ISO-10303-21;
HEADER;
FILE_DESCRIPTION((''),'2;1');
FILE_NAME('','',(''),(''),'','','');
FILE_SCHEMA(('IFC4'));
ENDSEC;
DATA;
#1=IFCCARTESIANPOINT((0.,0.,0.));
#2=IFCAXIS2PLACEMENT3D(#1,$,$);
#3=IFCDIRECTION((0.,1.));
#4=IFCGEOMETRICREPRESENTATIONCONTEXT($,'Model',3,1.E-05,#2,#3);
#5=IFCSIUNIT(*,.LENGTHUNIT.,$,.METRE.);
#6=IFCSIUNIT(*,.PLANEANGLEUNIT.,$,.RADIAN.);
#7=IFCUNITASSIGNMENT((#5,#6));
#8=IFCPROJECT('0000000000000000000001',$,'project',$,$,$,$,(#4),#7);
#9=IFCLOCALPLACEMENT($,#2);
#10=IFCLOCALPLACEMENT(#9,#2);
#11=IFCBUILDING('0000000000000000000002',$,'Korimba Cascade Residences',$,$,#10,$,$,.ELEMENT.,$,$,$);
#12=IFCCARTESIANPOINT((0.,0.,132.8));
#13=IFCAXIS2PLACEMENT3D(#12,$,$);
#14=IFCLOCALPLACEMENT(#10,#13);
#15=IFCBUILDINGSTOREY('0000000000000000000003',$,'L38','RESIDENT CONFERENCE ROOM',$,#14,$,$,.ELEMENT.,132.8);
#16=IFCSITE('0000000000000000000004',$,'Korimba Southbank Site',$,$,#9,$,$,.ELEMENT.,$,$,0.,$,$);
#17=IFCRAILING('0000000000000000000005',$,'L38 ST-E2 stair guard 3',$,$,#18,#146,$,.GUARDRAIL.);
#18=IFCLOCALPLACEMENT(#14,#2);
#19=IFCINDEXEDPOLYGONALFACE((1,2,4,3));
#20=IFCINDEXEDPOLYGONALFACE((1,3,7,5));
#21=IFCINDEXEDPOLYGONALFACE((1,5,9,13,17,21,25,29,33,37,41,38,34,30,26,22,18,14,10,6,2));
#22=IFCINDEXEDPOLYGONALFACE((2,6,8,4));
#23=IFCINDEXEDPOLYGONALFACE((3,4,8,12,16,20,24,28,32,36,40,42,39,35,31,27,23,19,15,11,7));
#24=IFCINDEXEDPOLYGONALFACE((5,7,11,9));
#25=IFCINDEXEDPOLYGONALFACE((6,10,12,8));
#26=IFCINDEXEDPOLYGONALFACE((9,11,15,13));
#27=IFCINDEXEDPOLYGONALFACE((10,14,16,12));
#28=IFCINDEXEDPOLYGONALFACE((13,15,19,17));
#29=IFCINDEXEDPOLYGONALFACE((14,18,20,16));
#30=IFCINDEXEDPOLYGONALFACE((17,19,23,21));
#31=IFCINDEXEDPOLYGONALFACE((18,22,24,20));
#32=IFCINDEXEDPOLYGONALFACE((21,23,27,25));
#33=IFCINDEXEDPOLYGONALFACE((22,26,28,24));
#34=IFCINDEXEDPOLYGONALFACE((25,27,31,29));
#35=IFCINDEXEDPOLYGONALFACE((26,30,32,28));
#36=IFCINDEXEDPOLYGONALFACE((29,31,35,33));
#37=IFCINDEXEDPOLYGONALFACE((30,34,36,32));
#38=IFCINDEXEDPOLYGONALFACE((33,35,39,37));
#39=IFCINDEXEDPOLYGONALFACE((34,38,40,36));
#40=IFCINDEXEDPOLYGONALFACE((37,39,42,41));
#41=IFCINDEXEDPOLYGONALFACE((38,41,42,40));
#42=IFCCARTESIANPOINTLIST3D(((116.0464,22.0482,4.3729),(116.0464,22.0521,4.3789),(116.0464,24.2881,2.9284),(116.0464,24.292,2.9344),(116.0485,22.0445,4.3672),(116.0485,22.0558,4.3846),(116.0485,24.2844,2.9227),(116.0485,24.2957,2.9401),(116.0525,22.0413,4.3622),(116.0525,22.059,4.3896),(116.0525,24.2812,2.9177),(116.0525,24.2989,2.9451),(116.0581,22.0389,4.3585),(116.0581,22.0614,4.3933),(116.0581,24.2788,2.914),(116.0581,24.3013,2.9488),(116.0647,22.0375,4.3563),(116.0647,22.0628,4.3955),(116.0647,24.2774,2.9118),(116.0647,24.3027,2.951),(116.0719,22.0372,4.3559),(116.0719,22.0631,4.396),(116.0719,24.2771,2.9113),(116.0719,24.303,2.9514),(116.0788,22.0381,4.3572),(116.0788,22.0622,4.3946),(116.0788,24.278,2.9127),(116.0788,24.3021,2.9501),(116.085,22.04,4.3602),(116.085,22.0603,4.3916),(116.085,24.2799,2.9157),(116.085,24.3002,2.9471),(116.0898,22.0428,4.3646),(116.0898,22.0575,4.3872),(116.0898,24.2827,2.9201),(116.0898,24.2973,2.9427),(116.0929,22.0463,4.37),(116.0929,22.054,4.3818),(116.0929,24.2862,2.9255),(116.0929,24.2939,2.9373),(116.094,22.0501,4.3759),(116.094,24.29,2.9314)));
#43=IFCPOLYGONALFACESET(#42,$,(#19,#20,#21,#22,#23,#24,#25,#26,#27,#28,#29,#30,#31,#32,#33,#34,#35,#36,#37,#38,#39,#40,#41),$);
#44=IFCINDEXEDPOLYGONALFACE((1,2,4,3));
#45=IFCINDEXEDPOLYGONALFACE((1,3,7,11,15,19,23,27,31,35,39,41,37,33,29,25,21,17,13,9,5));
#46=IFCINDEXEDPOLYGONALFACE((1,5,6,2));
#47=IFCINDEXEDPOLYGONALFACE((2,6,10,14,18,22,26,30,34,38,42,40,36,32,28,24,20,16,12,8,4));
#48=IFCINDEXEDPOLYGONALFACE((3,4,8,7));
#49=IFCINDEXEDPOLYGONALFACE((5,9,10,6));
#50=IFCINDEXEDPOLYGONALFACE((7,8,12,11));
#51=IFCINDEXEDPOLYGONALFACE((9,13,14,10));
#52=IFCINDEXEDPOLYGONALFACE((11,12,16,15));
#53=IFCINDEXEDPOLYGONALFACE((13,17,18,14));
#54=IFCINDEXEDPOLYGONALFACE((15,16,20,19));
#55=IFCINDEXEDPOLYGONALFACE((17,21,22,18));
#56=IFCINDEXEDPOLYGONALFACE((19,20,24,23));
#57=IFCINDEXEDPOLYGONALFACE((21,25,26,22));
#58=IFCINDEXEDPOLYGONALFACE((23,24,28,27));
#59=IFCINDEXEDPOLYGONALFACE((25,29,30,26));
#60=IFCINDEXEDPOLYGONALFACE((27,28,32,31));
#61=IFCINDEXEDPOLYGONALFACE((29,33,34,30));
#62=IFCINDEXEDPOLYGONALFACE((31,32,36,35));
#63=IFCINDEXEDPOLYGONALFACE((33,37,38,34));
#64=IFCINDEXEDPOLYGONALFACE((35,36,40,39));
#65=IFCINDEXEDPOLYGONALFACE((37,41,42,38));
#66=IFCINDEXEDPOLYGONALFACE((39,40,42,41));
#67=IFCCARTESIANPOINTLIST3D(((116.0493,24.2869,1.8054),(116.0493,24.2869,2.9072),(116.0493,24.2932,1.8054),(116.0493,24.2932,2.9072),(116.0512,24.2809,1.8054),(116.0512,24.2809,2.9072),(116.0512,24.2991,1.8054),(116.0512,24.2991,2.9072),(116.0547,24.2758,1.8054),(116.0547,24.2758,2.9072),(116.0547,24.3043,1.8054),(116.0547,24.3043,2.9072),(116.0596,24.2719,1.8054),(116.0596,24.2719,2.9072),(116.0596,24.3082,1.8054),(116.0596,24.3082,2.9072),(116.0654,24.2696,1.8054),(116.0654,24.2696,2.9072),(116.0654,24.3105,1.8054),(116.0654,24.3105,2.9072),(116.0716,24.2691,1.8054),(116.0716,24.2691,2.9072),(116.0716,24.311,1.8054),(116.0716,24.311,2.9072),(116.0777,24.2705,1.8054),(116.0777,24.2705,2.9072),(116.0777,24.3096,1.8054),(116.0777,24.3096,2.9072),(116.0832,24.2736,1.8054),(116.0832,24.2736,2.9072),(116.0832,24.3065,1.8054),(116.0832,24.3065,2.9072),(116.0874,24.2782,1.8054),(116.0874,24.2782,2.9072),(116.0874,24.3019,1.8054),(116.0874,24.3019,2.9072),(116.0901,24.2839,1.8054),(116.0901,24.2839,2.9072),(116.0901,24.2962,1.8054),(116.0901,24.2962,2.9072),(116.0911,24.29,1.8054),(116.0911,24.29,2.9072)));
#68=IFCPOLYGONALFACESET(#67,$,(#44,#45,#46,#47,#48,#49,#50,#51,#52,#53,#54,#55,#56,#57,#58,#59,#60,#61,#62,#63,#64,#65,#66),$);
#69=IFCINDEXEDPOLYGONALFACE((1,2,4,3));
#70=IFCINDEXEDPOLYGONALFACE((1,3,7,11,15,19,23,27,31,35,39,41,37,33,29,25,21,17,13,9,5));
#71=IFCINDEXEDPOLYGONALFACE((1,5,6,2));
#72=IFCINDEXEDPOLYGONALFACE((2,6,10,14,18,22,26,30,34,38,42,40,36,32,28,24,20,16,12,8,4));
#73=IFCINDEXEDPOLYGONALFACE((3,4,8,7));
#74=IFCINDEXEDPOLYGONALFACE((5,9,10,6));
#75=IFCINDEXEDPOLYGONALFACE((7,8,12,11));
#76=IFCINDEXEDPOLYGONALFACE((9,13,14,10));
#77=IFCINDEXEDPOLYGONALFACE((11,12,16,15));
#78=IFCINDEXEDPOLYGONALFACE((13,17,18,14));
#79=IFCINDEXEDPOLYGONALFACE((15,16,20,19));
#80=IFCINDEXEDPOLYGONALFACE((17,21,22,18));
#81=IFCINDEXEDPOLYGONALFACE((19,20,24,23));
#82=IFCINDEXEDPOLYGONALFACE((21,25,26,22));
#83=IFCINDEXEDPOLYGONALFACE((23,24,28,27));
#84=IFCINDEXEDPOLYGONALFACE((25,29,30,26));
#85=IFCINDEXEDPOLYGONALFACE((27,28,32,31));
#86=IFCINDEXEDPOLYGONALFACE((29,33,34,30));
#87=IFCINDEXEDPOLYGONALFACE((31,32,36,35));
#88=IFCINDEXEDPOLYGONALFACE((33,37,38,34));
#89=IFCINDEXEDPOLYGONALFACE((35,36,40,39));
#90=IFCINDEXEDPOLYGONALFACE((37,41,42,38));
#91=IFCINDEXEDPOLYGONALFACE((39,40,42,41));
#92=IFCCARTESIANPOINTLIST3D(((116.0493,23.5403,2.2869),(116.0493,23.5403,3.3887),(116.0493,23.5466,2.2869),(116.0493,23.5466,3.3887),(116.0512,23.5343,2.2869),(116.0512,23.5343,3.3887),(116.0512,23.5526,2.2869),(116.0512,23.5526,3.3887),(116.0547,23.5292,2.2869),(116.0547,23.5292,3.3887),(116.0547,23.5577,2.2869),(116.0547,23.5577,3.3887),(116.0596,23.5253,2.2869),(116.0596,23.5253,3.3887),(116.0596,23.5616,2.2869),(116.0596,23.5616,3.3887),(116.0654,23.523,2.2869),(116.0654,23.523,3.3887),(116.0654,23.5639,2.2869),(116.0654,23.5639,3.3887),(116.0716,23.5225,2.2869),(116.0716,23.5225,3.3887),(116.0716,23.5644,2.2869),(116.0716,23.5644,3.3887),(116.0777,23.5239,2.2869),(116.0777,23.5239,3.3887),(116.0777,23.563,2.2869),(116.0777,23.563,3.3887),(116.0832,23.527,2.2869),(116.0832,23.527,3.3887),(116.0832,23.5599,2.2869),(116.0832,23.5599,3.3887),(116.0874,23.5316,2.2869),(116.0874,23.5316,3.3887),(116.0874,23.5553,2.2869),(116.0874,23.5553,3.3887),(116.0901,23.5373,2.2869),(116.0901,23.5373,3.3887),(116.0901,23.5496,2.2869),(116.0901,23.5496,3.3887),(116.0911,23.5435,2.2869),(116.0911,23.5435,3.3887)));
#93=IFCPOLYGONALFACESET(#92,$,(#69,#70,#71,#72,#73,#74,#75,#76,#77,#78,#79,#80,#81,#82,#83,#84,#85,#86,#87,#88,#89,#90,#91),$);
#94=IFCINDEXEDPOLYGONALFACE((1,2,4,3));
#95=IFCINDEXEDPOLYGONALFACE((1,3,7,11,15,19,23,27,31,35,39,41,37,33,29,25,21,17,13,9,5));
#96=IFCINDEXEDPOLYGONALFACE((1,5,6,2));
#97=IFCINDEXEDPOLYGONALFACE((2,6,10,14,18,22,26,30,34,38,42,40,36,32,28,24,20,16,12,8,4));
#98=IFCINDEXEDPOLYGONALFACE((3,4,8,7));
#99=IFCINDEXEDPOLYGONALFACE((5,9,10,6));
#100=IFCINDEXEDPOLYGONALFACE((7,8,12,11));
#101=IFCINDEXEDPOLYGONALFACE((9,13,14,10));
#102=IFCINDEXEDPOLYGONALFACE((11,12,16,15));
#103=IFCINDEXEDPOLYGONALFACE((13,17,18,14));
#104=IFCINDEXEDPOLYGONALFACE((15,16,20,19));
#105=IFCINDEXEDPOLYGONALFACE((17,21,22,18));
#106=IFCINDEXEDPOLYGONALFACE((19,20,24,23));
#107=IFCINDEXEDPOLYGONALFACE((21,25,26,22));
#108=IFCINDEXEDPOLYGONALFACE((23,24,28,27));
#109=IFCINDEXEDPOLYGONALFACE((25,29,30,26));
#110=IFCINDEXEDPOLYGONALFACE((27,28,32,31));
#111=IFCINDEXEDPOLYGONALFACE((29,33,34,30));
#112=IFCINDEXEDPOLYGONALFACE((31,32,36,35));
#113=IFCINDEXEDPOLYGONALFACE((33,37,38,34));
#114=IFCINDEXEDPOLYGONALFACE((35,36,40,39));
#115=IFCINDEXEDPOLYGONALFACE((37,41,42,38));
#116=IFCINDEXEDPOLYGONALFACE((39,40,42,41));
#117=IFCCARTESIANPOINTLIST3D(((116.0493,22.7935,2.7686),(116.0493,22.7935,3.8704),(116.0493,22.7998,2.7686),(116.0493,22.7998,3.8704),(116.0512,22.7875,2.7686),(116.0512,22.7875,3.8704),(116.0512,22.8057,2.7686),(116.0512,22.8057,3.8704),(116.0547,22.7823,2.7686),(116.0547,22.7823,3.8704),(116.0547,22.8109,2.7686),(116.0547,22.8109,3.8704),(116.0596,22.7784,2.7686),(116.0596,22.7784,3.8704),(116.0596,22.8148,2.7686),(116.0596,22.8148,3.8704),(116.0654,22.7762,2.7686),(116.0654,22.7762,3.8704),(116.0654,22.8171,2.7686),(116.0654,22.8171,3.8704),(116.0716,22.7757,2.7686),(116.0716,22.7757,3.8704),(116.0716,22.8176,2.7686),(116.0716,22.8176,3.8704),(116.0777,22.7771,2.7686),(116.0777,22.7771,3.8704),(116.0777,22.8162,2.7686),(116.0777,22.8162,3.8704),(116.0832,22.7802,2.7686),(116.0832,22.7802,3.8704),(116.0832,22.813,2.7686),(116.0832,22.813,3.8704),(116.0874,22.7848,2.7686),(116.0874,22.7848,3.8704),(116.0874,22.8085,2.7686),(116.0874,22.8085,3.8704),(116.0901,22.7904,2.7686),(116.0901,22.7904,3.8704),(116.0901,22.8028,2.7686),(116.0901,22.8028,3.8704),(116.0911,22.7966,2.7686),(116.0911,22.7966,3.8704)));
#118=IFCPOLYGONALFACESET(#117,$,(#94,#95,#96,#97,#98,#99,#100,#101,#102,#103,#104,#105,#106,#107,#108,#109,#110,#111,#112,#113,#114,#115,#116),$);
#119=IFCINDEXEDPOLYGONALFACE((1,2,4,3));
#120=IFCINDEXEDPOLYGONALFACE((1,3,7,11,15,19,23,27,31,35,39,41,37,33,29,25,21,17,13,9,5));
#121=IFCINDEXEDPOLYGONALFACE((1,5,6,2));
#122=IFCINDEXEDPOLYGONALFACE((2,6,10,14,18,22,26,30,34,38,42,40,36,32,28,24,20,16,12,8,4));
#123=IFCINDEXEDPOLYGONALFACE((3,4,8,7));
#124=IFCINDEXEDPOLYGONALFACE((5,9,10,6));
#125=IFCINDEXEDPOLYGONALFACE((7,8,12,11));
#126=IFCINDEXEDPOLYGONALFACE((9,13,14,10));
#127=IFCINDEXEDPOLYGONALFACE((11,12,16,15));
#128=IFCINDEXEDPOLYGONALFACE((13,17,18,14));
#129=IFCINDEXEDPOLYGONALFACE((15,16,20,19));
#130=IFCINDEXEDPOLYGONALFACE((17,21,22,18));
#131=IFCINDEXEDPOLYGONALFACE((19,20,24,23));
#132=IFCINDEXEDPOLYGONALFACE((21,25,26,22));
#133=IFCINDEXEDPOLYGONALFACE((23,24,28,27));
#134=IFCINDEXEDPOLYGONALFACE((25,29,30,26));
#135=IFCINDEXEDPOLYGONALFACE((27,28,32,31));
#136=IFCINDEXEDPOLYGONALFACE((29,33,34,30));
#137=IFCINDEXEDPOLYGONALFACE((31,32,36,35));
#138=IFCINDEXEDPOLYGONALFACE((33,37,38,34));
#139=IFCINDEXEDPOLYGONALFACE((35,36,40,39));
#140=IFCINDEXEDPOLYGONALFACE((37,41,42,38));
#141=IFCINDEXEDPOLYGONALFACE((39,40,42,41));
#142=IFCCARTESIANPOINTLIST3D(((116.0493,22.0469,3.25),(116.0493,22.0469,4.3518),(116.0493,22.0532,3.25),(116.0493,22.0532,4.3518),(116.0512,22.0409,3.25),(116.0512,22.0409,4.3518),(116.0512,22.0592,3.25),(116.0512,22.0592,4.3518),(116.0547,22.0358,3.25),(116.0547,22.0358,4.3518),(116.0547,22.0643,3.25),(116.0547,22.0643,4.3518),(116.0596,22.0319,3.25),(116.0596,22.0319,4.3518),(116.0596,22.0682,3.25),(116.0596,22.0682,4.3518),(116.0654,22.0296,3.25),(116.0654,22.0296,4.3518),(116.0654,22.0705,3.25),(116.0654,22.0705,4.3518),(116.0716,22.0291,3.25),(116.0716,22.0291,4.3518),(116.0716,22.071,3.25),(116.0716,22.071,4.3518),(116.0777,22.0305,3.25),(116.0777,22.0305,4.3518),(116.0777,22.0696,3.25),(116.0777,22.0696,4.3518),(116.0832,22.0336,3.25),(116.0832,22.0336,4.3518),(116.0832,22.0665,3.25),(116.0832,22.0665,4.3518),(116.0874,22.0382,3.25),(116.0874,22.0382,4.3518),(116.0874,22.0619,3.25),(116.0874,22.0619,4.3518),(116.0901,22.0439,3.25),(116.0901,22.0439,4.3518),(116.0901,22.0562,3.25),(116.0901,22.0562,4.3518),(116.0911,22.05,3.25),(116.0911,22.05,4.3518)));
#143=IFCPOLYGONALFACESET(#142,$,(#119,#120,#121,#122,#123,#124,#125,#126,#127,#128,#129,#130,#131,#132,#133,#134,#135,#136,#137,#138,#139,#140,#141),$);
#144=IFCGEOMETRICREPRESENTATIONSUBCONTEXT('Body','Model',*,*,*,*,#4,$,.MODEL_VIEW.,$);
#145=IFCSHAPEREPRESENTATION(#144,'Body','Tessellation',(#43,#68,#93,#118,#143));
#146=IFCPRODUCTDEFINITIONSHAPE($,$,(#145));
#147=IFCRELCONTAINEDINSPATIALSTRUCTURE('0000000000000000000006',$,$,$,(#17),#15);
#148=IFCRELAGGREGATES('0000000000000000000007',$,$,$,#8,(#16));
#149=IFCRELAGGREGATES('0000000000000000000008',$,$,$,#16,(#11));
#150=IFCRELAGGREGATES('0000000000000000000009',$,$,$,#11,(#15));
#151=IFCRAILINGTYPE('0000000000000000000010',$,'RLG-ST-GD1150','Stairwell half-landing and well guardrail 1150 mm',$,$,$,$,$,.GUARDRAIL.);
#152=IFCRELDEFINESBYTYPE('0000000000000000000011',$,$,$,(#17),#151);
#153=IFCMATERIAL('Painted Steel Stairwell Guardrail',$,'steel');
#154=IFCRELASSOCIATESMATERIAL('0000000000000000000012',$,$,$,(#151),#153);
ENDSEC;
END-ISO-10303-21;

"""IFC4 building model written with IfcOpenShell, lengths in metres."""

from ifc_helpers import new_model, si_unit, direction, frame, origin, origin_2d, place, context, subcontext, project, spatial, circle, extrude, material, type_object, element, save


model = new_model("IFC4")

# Units and contexts
model_context = context("Model", 3, precision=1e-05, world=origin(), true_north=direction((0.0, 1.0)))
body_context = subcontext(model_context, "Body", "Model", "MODEL_VIEW")
ifc_project = project(units=[si_unit("LENGTHUNIT", "METRE"), si_unit("PLANEANGLEUNIT", "RADIAN")], contexts=[model_context])

# Site, building, storey
site_placement = place(None, origin())
site = spatial("IfcSite", under=ifc_project, at=site_placement, Name="Korimba Southbank Site", CompositionType="ELEMENT", RefElevation=0.0)
building_placement = place(site_placement, origin())
building = spatial("IfcBuilding", under=site, at=building_placement, Name="Korimba Cascade Residences", CompositionType="ELEMENT")
storey_placement = place(building_placement, frame((0.0, 0.0, 132.8)))
storey = spatial("IfcBuildingStorey", under=building, at=storey_placement, Name="L38", Description="RESIDENT CONFERENCE ROOM", CompositionType="ELEMENT", Elevation=132.8)

# Railing
ifc_material_1 = material(Name="Painted Steel Stairwell Guardrail", Category="steel")
railing_type_1 = type_object("IfcRailingType", Name="RLG-ST-GD1150", Description="Stairwell half-landing and well guardrail 1150 mm", PredefinedType="GUARDRAIL", material=ifc_material_1)
railing_1_placement = place(storey_placement, frame((116.0701, 24.29, 1.8054)))
element("IfcRailing", 1, at=railing_1_placement, inside=storey, type_object=railing_type_1, Name="L38 ST-E2 stair guard 3", PredefinedType="GUARDRAIL", context=body_context, shape_type="SweptSolid", body=[
    extrude(circle(Radius=0.0239, at=origin_2d()), frame((0.0, 0.0, 1.126), z_axis=(0.0, -0.840395, 0.541975), x_axis=(1.0, 0.0, 0.0)), (0.0, 0.0, 1.0), 2.6653),
    extrude(circle(Radius=0.021, at=origin_2d()), origin(), (0.0, 0.0, 1.0), 1.1018),
    extrude(circle(Radius=0.021, at=origin_2d()), frame((0.0, -0.7466, 0.4814)), (0.0, 0.0, 1.0), 1.1018),
    extrude(circle(Radius=0.021, at=origin_2d()), frame((0.0, -1.4934, 0.9631)), (0.0, 0.0, 1.0), 1.1018),
    extrude(circle(Radius=0.021, at=origin_2d()), frame((0.0, -2.24, 1.4446)), (0.0, 0.0, 1.0), 1.1018),
])

save(model, "model.ifc")
